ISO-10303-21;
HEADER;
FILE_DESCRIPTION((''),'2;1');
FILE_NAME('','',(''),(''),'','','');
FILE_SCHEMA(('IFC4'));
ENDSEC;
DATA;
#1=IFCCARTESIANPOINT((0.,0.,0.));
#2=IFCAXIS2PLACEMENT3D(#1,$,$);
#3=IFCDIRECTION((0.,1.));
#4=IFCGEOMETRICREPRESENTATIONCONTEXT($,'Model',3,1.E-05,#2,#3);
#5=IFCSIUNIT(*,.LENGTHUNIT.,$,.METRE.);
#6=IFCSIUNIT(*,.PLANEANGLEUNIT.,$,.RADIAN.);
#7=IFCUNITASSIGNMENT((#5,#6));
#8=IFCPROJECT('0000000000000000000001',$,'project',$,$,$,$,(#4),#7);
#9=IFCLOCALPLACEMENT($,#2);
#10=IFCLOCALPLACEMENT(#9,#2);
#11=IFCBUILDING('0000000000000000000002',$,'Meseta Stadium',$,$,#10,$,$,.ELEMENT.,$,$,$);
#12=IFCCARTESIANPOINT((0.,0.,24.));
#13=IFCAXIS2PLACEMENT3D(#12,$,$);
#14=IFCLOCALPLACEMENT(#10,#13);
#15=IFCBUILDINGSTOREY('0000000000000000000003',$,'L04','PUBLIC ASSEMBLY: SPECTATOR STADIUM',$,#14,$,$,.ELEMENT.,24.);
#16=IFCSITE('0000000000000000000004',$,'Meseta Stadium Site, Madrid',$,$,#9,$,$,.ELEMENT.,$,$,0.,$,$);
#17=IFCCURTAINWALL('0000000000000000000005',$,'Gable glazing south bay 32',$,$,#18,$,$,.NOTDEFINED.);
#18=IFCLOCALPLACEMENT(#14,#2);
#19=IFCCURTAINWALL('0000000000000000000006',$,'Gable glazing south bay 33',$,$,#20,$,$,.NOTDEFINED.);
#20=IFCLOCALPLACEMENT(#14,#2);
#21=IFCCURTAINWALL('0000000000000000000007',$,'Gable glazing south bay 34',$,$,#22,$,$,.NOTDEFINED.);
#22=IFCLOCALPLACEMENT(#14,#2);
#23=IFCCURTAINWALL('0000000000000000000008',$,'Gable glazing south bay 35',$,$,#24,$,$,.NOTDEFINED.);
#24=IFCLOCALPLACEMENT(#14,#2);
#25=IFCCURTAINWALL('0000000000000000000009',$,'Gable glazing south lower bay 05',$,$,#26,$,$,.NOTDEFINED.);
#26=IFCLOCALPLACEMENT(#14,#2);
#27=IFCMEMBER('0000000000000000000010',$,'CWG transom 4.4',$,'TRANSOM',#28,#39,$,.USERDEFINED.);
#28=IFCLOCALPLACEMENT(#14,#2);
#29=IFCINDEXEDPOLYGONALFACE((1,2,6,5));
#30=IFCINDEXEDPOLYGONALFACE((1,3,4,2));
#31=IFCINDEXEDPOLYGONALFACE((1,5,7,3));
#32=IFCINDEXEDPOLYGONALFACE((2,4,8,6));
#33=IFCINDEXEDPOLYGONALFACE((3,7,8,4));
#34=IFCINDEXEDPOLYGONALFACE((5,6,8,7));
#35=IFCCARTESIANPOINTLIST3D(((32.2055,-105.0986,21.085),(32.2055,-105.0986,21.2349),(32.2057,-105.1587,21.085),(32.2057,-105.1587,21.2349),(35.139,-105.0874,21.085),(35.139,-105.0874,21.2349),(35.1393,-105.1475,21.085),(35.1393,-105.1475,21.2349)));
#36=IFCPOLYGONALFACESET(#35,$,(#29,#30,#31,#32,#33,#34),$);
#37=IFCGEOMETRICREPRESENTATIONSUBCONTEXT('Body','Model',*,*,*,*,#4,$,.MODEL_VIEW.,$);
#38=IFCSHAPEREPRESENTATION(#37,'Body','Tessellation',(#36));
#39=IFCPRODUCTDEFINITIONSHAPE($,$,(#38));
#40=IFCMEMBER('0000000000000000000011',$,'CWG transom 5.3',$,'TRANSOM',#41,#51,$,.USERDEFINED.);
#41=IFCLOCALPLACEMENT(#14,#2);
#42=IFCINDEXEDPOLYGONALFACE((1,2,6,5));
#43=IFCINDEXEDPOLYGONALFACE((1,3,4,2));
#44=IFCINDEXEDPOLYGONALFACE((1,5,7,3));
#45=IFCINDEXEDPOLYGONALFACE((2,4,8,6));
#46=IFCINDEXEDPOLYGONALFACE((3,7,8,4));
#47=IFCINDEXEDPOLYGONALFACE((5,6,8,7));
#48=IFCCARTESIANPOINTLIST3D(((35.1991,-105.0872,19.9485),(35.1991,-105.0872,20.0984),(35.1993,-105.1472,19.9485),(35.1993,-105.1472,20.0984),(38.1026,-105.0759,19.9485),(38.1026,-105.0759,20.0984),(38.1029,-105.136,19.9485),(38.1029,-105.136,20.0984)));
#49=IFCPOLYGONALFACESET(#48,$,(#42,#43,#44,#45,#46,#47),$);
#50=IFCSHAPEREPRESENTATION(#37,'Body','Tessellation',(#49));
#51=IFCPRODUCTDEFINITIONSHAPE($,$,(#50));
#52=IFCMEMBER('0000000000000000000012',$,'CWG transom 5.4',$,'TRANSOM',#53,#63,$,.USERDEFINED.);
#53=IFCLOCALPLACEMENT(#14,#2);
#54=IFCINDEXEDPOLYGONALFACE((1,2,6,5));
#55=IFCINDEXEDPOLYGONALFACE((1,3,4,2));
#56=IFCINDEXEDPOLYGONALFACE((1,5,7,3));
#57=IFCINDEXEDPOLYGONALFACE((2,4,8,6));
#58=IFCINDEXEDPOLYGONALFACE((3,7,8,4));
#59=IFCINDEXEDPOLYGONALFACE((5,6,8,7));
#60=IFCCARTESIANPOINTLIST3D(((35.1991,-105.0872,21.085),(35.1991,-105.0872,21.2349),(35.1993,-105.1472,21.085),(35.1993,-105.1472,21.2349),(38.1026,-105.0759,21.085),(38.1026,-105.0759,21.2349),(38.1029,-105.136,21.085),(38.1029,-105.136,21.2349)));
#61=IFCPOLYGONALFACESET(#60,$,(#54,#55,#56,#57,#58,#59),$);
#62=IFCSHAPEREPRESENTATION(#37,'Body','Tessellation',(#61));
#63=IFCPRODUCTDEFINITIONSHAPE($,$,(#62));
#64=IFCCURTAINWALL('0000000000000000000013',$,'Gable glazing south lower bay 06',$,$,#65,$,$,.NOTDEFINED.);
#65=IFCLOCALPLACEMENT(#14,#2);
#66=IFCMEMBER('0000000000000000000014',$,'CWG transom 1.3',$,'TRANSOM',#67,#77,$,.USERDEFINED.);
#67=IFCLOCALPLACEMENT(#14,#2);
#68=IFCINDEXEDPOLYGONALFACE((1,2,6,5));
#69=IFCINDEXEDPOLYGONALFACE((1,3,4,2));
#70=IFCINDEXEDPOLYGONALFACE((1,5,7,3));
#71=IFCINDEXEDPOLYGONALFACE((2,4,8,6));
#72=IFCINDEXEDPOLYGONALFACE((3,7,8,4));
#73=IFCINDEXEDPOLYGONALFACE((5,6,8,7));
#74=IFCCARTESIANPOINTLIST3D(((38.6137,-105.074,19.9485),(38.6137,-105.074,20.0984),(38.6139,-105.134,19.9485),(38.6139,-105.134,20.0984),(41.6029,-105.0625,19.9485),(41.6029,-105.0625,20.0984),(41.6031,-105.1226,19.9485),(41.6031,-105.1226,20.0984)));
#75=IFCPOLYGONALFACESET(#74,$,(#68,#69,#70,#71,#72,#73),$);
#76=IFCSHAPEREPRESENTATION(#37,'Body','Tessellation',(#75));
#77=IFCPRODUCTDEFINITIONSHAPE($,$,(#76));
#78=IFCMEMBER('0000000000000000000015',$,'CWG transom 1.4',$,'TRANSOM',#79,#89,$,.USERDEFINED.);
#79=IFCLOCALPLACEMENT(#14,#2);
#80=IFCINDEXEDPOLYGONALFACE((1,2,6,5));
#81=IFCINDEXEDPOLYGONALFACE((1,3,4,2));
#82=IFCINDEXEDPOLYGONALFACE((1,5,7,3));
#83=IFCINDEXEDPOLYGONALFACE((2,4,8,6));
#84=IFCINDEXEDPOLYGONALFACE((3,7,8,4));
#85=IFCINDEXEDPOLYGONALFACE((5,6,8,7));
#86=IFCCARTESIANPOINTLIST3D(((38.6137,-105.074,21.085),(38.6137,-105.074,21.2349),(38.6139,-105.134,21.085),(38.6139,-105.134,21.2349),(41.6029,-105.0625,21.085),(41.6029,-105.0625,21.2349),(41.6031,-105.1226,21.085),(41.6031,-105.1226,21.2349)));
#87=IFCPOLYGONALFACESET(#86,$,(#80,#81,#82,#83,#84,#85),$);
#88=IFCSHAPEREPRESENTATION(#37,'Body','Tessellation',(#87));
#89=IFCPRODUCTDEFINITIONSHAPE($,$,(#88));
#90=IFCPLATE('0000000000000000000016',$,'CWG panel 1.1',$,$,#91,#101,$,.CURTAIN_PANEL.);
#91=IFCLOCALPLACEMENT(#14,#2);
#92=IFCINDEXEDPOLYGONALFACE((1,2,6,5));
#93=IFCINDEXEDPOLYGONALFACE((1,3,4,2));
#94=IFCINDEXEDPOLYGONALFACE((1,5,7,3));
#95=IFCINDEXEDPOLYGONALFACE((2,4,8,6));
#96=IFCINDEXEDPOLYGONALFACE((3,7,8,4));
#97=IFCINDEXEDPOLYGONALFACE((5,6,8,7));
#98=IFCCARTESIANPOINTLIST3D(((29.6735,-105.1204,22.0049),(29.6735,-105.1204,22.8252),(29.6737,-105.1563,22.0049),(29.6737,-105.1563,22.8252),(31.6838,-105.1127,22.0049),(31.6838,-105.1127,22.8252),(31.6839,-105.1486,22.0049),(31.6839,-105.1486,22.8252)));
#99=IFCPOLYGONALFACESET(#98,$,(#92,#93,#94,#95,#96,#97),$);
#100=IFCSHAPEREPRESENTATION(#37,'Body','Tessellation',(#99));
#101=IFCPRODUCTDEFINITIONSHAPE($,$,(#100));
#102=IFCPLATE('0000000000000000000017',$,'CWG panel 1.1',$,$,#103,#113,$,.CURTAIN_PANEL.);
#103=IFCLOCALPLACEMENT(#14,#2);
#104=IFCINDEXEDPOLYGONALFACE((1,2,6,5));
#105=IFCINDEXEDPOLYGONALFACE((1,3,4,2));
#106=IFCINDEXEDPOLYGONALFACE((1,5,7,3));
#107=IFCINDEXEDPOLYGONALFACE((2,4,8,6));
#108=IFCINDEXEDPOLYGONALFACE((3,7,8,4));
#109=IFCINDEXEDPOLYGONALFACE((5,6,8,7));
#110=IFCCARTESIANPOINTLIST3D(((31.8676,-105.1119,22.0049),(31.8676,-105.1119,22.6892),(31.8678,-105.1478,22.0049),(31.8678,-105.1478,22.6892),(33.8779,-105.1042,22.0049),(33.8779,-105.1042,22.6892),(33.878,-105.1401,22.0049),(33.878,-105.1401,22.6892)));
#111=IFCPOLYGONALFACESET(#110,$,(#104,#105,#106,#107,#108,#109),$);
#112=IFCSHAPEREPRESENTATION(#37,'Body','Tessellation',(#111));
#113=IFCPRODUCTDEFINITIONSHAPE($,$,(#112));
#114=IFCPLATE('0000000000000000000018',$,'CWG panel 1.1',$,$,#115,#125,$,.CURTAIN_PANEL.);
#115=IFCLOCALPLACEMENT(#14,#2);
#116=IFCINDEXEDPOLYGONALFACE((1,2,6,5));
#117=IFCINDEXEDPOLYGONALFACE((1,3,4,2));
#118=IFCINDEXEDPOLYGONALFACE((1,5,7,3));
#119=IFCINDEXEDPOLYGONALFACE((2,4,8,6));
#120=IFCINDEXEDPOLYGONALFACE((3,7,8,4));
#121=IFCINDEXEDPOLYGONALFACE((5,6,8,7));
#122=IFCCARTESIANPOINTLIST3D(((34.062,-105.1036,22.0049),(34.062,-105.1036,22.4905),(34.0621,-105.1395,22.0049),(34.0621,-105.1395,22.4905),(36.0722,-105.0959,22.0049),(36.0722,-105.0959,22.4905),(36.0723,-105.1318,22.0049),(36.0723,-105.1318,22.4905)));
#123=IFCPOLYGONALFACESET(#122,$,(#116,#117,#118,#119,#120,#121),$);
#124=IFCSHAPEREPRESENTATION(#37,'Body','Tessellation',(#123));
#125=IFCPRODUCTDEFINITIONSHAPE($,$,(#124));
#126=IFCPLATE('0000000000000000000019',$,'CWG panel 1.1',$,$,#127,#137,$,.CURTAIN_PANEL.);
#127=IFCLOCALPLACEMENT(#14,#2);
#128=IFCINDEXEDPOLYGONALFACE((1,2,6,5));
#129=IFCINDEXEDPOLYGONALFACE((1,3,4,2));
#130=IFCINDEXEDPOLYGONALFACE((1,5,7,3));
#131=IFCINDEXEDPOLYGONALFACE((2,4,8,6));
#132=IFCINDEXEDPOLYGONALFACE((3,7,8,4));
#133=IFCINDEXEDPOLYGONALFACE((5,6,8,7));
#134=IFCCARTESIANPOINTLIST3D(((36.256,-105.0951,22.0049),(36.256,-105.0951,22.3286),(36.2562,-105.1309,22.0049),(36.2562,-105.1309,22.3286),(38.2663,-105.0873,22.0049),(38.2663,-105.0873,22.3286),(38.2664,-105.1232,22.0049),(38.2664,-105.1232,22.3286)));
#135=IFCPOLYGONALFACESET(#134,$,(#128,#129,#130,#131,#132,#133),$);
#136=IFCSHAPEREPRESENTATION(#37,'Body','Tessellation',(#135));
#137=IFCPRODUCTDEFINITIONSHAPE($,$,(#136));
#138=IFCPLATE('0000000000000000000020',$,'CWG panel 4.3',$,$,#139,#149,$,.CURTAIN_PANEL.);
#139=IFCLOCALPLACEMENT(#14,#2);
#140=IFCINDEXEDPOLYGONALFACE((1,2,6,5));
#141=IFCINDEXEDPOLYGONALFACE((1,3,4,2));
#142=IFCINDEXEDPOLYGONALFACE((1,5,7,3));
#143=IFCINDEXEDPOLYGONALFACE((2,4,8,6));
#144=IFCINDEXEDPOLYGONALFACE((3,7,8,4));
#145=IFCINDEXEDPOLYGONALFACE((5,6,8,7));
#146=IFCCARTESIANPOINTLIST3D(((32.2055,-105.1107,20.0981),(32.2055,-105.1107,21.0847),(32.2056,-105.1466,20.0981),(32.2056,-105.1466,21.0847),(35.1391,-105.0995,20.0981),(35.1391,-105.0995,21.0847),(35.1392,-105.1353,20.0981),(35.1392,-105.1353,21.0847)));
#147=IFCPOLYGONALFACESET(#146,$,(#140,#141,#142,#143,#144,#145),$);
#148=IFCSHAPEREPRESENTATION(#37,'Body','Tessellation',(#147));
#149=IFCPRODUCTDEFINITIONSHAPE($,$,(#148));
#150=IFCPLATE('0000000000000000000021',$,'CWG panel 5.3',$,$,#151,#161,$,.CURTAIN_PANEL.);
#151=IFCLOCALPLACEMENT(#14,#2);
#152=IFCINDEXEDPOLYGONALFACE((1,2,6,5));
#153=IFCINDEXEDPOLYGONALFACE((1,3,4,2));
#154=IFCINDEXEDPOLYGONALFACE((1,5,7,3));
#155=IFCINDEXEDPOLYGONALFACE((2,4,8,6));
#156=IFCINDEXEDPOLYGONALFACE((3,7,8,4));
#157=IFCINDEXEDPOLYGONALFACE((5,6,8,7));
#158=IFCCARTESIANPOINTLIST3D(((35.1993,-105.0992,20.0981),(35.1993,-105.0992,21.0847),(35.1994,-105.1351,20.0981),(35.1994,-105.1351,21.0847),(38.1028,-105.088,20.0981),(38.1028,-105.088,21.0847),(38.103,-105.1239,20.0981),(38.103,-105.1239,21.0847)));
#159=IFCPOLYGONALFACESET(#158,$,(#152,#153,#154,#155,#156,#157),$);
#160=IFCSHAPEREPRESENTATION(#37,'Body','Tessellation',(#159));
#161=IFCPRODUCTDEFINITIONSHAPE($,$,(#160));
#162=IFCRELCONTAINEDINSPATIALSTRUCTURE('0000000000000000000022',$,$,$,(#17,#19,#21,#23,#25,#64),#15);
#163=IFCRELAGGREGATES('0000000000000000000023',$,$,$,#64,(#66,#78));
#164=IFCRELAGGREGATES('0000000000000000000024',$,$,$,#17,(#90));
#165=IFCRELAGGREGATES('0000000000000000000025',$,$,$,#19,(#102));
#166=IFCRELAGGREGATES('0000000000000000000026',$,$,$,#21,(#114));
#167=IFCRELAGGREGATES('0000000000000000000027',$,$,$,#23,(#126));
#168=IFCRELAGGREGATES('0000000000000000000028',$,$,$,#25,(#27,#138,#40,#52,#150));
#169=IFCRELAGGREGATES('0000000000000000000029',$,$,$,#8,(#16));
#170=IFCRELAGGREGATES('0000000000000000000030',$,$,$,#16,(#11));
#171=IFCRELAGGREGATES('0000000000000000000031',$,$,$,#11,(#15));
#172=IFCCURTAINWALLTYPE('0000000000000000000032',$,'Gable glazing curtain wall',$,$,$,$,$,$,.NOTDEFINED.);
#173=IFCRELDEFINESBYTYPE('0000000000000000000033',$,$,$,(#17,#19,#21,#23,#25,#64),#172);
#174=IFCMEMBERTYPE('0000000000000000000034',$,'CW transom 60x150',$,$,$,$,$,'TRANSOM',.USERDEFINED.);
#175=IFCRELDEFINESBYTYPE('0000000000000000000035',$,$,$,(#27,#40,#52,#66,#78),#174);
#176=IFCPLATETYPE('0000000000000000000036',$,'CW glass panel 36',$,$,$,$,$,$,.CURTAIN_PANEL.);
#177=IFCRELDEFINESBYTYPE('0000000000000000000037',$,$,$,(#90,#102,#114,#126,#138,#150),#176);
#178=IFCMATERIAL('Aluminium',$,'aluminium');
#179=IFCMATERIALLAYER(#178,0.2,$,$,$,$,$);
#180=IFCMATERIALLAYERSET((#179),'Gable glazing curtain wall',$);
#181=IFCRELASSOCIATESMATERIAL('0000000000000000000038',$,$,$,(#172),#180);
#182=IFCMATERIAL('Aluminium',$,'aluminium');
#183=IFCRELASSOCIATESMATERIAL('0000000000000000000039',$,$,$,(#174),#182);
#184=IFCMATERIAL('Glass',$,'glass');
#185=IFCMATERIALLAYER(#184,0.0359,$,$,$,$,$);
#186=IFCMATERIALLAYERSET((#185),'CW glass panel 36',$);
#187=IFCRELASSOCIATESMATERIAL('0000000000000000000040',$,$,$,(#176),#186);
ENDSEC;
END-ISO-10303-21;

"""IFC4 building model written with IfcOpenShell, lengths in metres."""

from ifc_helpers import new_model, si_unit, direction, frame, origin, origin_2d, place, context, subcontext, project, spatial, rectangle, extrude, material, layer, layer_set, material_profile, profile_set, type_object, element, aggregate, save


model = new_model("IFC4")

# Units and contexts
model_context = context("Model", 3, precision=1e-05, world=origin(), true_north=direction((0.0, 1.0)))
body_context = subcontext(model_context, "Body", "Model", "MODEL_VIEW")
ifc_project = project(units=[si_unit("LENGTHUNIT", "METRE"), si_unit("PLANEANGLEUNIT", "RADIAN")], contexts=[model_context])

# Site, building, storey
site_placement = place(None, origin())
site = spatial("IfcSite", under=ifc_project, at=site_placement, Name="Meseta Stadium Site, Madrid", CompositionType="ELEMENT", RefElevation=0.0)
building_placement = place(site_placement, origin())
building = spatial("IfcBuilding", under=site, at=building_placement, Name="Meseta Stadium", CompositionType="ELEMENT")
storey_placement = place(building_placement, frame((0.0, 0.0, 24.0)))
storey = spatial("IfcBuildingStorey", under=building, at=storey_placement, Name="L04", Description="PUBLIC ASSEMBLY: SPECTATOR STADIUM", CompositionType="ELEMENT", Elevation=24.0)

# Curtain wall
ifc_material_1 = material(Name="Aluminium", Category="aluminium")
ifc_layer_1 = layer(ifc_material_1, 0.2)
ifc_layer_set_1 = layer_set([ifc_layer_1], Name="Gable glazing curtain wall")
curtain_wall_type = type_object("IfcCurtainWallType", Name="Gable glazing curtain wall", PredefinedType="NOTDEFINED", material=ifc_layer_set_1)
curtain_wall_1_placement = place(storey_placement, origin())
curtain_wall_1 = element("IfcCurtainWall", 1, at=curtain_wall_1_placement, inside=storey, type_object=curtain_wall_type, Name="Gable glazing south bay 32", PredefinedType="NOTDEFINED")

# Curtain walls
curtain_wall_2_placement = place(storey_placement, origin())
curtain_wall_2 = element("IfcCurtainWall", 2, at=curtain_wall_2_placement, inside=storey, type_object=curtain_wall_type, Name="Gable glazing south bay 33", PredefinedType="NOTDEFINED")
curtain_wall_3_placement = place(storey_placement, origin())
curtain_wall_3 = element("IfcCurtainWall", 3, at=curtain_wall_3_placement, inside=storey, type_object=curtain_wall_type, Name="Gable glazing south bay 34", PredefinedType="NOTDEFINED")
curtain_wall_4_placement = place(storey_placement, origin())
curtain_wall_4 = element("IfcCurtainWall", 4, at=curtain_wall_4_placement, inside=storey, type_object=curtain_wall_type, Name="Gable glazing south bay 35", PredefinedType="NOTDEFINED")

# Shared definitions
ifc_material_2 = material(Name="Aluminium", Category="aluminium")
ifc_material_profile_1 = material_profile(ifc_material_2, rectangle(XDim=0.0601, YDim=0.1499, at=origin_2d()), Name="CW 60x150")
ifc_profile_set_1 = profile_set([ifc_material_profile_1], Name="Aluminium")
member_type_1 = type_object("IfcMemberType", Name="CW transom 60x150", ElementType="TRANSOM", PredefinedType="USERDEFINED", material=ifc_profile_set_1)

# Curtain walls, members
curtain_wall_5_placement = place(storey_placement, origin())
curtain_wall_5 = element("IfcCurtainWall", 5, at=curtain_wall_5_placement, inside=storey, type_object=curtain_wall_type, Name="Gable glazing south lower bay 05", PredefinedType="NOTDEFINED")
member_1_placement = place(storey_placement, frame((32.2056, -105.1287, 21.1599), z_axis=(0.999993, 0.003828, 0.0), x_axis=(-0.003828, 0.999993, 0.0)))
member_1 = element("IfcMember", 6, at=member_1_placement, type_object=member_type_1, Name="CWG transom 4.4", ObjectType="TRANSOM", PredefinedType="USERDEFINED", context=body_context, shape_type="SweptSolid", body=[
    extrude(rectangle(XDim=0.0601, YDim=0.1499, at=origin_2d()), origin(), (0.0, 0.0, 1.0), 2.9336),
])
member_2_placement = place(storey_placement, frame((35.1992, -105.1172, 20.0234), z_axis=(0.999993, 0.003868, 0.0), x_axis=(-0.003868, 0.999993, 0.0)))
member_2 = element("IfcMember", 7, at=member_2_placement, type_object=member_type_1, Name="CWG transom 5.3", ObjectType="TRANSOM", PredefinedType="USERDEFINED", context=body_context, shape_type="SweptSolid", body=[
    extrude(rectangle(XDim=0.0601, YDim=0.1499, at=origin_2d()), origin(), (0.0, 0.0, 1.0), 2.9036),
])
member_3_placement = place(storey_placement, frame((35.1992, -105.1172, 21.1599), z_axis=(0.999993, 0.003868, 0.0), x_axis=(-0.003868, 0.999993, 0.0)))
member_3 = element("IfcMember", 8, at=member_3_placement, type_object=member_type_1, Name="CWG transom 5.4", ObjectType="TRANSOM", PredefinedType="USERDEFINED", context=body_context, shape_type="SweptSolid", body=[
    extrude(rectangle(XDim=0.0601, YDim=0.1499, at=origin_2d()), origin(), (0.0, 0.0, 1.0), 2.9036),
])
curtain_wall_6_placement = place(storey_placement, origin())
curtain_wall_6 = element("IfcCurtainWall", 9, at=curtain_wall_6_placement, inside=storey, type_object=curtain_wall_type, Name="Gable glazing south lower bay 06", PredefinedType="NOTDEFINED")
member_4_placement = place(storey_placement, frame((38.6138, -105.104, 20.0234), z_axis=(0.999993, 0.003839, 0.0), x_axis=(-0.003839, 0.999993, 0.0)))
member_4 = element("IfcMember", 10, at=member_4_placement, type_object=member_type_1, Name="CWG transom 1.3", ObjectType="TRANSOM", PredefinedType="USERDEFINED", context=body_context, shape_type="SweptSolid", body=[
    extrude(rectangle(XDim=0.0601, YDim=0.1499, at=origin_2d()), origin(), (0.0, 0.0, 1.0), 2.9893),
])
member_5_placement = place(storey_placement, frame((38.6138, -105.104, 21.1599), z_axis=(0.999993, 0.003839, 0.0), x_axis=(-0.003839, 0.999993, 0.0)))
member_5 = element("IfcMember", 11, at=member_5_placement, type_object=member_type_1, Name="CWG transom 1.4", ObjectType="TRANSOM", PredefinedType="USERDEFINED", context=body_context, shape_type="SweptSolid", body=[
    extrude(rectangle(XDim=0.0601, YDim=0.1499, at=origin_2d()), origin(), (0.0, 0.0, 1.0), 2.9893),
])
aggregate(curtain_wall_6, [member_4, member_5])

# Plates
ifc_material_3 = material(Name="Glass", Category="glass")
ifc_layer_2 = layer(ifc_material_3, 0.0359)
ifc_layer_set_2 = layer_set([ifc_layer_2], Name="CW glass panel 36")
plate_type = type_object("IfcPlateType", Name="CW glass panel 36", PredefinedType="CURTAIN_PANEL", material=ifc_layer_set_2)
plate_1_placement = place(storey_placement, frame((30.6787, -105.1345, 22.0049), z_axis=(0.0, 0.0, 1.0), x_axis=(0.999993, 0.003848, 0.0)))
plate_1 = element("IfcPlate", 12, at=plate_1_placement, type_object=plate_type, Name="CWG panel 1.1", PredefinedType="CURTAIN_PANEL", context=body_context, shape_type="SweptSolid", body=[
    extrude(rectangle(XDim=2.0103, YDim=0.0359, at=origin_2d()), origin(), (0.0, 0.0, 1.0), 0.8203),
])
aggregate(curtain_wall_1, [plate_1])
plate_2_placement = place(storey_placement, frame((32.8728, -105.126, 22.0049), z_axis=(0.0, 0.0, 1.0), x_axis=(0.999993, 0.003848, 0.0)))
plate_2 = element("IfcPlate", 13, at=plate_2_placement, type_object=plate_type, Name="CWG panel 1.1", PredefinedType="CURTAIN_PANEL", context=body_context, shape_type="SweptSolid", body=[
    extrude(rectangle(XDim=2.0103, YDim=0.0359, at=origin_2d()), origin(), (0.0, 0.0, 1.0), 0.6843),
])
aggregate(curtain_wall_2, [plate_2])
plate_3_placement = place(storey_placement, frame((35.0671, -105.1177, 22.0049), z_axis=(0.0, 0.0, 1.0), x_axis=(0.999993, 0.003848, 0.0)))
plate_3 = element("IfcPlate", 14, at=plate_3_placement, type_object=plate_type, Name="CWG panel 1.1", PredefinedType="CURTAIN_PANEL", context=body_context, shape_type="SweptSolid", body=[
    extrude(rectangle(XDim=2.0103, YDim=0.0359, at=origin_2d()), origin(), (0.0, 0.0, 1.0), 0.4856),
])
aggregate(curtain_wall_3, [plate_3])
plate_4_placement = place(storey_placement, frame((37.2612, -105.1091, 22.0049), z_axis=(0.0, 0.0, 1.0), x_axis=(0.999993, 0.003848, 0.0)))
plate_4 = element("IfcPlate", 15, at=plate_4_placement, type_object=plate_type, Name="CWG panel 1.1", PredefinedType="CURTAIN_PANEL", context=body_context, shape_type="SweptSolid", body=[
    extrude(rectangle(XDim=2.0103, YDim=0.0359, at=origin_2d()), origin(), (0.0, 0.0, 1.0), 0.3237),
])
aggregate(curtain_wall_4, [plate_4])
plate_5_placement = place(storey_placement, frame((33.6724, -105.123, 20.0981), z_axis=(0.0, 0.0, 1.0), x_axis=(0.999993, 0.003848, 0.0)))
plate_5 = element("IfcPlate", 16, at=plate_5_placement, type_object=plate_type, Name="CWG panel 4.3", PredefinedType="CURTAIN_PANEL", context=body_context, shape_type="SweptSolid", body=[
    extrude(rectangle(XDim=2.9336, YDim=0.0359, at=origin_2d()), origin(), (0.0, 0.0, 1.0), 0.9866),
])
plate_6_placement = place(storey_placement, frame((36.6511, -105.1116, 20.0981), z_axis=(0.0, 0.0, 1.0), x_axis=(0.999993, 0.003848, 0.0)))
plate_6 = element("IfcPlate", 17, at=plate_6_placement, type_object=plate_type, Name="CWG panel 5.3", PredefinedType="CURTAIN_PANEL", context=body_context, shape_type="SweptSolid", body=[
    extrude(rectangle(XDim=2.9036, YDim=0.0359, at=origin_2d()), origin(), (0.0, 0.0, 1.0), 0.9866),
])
aggregate(curtain_wall_5, [member_1, plate_5, member_2, member_3, plate_6])

save(model, "model.ifc")
